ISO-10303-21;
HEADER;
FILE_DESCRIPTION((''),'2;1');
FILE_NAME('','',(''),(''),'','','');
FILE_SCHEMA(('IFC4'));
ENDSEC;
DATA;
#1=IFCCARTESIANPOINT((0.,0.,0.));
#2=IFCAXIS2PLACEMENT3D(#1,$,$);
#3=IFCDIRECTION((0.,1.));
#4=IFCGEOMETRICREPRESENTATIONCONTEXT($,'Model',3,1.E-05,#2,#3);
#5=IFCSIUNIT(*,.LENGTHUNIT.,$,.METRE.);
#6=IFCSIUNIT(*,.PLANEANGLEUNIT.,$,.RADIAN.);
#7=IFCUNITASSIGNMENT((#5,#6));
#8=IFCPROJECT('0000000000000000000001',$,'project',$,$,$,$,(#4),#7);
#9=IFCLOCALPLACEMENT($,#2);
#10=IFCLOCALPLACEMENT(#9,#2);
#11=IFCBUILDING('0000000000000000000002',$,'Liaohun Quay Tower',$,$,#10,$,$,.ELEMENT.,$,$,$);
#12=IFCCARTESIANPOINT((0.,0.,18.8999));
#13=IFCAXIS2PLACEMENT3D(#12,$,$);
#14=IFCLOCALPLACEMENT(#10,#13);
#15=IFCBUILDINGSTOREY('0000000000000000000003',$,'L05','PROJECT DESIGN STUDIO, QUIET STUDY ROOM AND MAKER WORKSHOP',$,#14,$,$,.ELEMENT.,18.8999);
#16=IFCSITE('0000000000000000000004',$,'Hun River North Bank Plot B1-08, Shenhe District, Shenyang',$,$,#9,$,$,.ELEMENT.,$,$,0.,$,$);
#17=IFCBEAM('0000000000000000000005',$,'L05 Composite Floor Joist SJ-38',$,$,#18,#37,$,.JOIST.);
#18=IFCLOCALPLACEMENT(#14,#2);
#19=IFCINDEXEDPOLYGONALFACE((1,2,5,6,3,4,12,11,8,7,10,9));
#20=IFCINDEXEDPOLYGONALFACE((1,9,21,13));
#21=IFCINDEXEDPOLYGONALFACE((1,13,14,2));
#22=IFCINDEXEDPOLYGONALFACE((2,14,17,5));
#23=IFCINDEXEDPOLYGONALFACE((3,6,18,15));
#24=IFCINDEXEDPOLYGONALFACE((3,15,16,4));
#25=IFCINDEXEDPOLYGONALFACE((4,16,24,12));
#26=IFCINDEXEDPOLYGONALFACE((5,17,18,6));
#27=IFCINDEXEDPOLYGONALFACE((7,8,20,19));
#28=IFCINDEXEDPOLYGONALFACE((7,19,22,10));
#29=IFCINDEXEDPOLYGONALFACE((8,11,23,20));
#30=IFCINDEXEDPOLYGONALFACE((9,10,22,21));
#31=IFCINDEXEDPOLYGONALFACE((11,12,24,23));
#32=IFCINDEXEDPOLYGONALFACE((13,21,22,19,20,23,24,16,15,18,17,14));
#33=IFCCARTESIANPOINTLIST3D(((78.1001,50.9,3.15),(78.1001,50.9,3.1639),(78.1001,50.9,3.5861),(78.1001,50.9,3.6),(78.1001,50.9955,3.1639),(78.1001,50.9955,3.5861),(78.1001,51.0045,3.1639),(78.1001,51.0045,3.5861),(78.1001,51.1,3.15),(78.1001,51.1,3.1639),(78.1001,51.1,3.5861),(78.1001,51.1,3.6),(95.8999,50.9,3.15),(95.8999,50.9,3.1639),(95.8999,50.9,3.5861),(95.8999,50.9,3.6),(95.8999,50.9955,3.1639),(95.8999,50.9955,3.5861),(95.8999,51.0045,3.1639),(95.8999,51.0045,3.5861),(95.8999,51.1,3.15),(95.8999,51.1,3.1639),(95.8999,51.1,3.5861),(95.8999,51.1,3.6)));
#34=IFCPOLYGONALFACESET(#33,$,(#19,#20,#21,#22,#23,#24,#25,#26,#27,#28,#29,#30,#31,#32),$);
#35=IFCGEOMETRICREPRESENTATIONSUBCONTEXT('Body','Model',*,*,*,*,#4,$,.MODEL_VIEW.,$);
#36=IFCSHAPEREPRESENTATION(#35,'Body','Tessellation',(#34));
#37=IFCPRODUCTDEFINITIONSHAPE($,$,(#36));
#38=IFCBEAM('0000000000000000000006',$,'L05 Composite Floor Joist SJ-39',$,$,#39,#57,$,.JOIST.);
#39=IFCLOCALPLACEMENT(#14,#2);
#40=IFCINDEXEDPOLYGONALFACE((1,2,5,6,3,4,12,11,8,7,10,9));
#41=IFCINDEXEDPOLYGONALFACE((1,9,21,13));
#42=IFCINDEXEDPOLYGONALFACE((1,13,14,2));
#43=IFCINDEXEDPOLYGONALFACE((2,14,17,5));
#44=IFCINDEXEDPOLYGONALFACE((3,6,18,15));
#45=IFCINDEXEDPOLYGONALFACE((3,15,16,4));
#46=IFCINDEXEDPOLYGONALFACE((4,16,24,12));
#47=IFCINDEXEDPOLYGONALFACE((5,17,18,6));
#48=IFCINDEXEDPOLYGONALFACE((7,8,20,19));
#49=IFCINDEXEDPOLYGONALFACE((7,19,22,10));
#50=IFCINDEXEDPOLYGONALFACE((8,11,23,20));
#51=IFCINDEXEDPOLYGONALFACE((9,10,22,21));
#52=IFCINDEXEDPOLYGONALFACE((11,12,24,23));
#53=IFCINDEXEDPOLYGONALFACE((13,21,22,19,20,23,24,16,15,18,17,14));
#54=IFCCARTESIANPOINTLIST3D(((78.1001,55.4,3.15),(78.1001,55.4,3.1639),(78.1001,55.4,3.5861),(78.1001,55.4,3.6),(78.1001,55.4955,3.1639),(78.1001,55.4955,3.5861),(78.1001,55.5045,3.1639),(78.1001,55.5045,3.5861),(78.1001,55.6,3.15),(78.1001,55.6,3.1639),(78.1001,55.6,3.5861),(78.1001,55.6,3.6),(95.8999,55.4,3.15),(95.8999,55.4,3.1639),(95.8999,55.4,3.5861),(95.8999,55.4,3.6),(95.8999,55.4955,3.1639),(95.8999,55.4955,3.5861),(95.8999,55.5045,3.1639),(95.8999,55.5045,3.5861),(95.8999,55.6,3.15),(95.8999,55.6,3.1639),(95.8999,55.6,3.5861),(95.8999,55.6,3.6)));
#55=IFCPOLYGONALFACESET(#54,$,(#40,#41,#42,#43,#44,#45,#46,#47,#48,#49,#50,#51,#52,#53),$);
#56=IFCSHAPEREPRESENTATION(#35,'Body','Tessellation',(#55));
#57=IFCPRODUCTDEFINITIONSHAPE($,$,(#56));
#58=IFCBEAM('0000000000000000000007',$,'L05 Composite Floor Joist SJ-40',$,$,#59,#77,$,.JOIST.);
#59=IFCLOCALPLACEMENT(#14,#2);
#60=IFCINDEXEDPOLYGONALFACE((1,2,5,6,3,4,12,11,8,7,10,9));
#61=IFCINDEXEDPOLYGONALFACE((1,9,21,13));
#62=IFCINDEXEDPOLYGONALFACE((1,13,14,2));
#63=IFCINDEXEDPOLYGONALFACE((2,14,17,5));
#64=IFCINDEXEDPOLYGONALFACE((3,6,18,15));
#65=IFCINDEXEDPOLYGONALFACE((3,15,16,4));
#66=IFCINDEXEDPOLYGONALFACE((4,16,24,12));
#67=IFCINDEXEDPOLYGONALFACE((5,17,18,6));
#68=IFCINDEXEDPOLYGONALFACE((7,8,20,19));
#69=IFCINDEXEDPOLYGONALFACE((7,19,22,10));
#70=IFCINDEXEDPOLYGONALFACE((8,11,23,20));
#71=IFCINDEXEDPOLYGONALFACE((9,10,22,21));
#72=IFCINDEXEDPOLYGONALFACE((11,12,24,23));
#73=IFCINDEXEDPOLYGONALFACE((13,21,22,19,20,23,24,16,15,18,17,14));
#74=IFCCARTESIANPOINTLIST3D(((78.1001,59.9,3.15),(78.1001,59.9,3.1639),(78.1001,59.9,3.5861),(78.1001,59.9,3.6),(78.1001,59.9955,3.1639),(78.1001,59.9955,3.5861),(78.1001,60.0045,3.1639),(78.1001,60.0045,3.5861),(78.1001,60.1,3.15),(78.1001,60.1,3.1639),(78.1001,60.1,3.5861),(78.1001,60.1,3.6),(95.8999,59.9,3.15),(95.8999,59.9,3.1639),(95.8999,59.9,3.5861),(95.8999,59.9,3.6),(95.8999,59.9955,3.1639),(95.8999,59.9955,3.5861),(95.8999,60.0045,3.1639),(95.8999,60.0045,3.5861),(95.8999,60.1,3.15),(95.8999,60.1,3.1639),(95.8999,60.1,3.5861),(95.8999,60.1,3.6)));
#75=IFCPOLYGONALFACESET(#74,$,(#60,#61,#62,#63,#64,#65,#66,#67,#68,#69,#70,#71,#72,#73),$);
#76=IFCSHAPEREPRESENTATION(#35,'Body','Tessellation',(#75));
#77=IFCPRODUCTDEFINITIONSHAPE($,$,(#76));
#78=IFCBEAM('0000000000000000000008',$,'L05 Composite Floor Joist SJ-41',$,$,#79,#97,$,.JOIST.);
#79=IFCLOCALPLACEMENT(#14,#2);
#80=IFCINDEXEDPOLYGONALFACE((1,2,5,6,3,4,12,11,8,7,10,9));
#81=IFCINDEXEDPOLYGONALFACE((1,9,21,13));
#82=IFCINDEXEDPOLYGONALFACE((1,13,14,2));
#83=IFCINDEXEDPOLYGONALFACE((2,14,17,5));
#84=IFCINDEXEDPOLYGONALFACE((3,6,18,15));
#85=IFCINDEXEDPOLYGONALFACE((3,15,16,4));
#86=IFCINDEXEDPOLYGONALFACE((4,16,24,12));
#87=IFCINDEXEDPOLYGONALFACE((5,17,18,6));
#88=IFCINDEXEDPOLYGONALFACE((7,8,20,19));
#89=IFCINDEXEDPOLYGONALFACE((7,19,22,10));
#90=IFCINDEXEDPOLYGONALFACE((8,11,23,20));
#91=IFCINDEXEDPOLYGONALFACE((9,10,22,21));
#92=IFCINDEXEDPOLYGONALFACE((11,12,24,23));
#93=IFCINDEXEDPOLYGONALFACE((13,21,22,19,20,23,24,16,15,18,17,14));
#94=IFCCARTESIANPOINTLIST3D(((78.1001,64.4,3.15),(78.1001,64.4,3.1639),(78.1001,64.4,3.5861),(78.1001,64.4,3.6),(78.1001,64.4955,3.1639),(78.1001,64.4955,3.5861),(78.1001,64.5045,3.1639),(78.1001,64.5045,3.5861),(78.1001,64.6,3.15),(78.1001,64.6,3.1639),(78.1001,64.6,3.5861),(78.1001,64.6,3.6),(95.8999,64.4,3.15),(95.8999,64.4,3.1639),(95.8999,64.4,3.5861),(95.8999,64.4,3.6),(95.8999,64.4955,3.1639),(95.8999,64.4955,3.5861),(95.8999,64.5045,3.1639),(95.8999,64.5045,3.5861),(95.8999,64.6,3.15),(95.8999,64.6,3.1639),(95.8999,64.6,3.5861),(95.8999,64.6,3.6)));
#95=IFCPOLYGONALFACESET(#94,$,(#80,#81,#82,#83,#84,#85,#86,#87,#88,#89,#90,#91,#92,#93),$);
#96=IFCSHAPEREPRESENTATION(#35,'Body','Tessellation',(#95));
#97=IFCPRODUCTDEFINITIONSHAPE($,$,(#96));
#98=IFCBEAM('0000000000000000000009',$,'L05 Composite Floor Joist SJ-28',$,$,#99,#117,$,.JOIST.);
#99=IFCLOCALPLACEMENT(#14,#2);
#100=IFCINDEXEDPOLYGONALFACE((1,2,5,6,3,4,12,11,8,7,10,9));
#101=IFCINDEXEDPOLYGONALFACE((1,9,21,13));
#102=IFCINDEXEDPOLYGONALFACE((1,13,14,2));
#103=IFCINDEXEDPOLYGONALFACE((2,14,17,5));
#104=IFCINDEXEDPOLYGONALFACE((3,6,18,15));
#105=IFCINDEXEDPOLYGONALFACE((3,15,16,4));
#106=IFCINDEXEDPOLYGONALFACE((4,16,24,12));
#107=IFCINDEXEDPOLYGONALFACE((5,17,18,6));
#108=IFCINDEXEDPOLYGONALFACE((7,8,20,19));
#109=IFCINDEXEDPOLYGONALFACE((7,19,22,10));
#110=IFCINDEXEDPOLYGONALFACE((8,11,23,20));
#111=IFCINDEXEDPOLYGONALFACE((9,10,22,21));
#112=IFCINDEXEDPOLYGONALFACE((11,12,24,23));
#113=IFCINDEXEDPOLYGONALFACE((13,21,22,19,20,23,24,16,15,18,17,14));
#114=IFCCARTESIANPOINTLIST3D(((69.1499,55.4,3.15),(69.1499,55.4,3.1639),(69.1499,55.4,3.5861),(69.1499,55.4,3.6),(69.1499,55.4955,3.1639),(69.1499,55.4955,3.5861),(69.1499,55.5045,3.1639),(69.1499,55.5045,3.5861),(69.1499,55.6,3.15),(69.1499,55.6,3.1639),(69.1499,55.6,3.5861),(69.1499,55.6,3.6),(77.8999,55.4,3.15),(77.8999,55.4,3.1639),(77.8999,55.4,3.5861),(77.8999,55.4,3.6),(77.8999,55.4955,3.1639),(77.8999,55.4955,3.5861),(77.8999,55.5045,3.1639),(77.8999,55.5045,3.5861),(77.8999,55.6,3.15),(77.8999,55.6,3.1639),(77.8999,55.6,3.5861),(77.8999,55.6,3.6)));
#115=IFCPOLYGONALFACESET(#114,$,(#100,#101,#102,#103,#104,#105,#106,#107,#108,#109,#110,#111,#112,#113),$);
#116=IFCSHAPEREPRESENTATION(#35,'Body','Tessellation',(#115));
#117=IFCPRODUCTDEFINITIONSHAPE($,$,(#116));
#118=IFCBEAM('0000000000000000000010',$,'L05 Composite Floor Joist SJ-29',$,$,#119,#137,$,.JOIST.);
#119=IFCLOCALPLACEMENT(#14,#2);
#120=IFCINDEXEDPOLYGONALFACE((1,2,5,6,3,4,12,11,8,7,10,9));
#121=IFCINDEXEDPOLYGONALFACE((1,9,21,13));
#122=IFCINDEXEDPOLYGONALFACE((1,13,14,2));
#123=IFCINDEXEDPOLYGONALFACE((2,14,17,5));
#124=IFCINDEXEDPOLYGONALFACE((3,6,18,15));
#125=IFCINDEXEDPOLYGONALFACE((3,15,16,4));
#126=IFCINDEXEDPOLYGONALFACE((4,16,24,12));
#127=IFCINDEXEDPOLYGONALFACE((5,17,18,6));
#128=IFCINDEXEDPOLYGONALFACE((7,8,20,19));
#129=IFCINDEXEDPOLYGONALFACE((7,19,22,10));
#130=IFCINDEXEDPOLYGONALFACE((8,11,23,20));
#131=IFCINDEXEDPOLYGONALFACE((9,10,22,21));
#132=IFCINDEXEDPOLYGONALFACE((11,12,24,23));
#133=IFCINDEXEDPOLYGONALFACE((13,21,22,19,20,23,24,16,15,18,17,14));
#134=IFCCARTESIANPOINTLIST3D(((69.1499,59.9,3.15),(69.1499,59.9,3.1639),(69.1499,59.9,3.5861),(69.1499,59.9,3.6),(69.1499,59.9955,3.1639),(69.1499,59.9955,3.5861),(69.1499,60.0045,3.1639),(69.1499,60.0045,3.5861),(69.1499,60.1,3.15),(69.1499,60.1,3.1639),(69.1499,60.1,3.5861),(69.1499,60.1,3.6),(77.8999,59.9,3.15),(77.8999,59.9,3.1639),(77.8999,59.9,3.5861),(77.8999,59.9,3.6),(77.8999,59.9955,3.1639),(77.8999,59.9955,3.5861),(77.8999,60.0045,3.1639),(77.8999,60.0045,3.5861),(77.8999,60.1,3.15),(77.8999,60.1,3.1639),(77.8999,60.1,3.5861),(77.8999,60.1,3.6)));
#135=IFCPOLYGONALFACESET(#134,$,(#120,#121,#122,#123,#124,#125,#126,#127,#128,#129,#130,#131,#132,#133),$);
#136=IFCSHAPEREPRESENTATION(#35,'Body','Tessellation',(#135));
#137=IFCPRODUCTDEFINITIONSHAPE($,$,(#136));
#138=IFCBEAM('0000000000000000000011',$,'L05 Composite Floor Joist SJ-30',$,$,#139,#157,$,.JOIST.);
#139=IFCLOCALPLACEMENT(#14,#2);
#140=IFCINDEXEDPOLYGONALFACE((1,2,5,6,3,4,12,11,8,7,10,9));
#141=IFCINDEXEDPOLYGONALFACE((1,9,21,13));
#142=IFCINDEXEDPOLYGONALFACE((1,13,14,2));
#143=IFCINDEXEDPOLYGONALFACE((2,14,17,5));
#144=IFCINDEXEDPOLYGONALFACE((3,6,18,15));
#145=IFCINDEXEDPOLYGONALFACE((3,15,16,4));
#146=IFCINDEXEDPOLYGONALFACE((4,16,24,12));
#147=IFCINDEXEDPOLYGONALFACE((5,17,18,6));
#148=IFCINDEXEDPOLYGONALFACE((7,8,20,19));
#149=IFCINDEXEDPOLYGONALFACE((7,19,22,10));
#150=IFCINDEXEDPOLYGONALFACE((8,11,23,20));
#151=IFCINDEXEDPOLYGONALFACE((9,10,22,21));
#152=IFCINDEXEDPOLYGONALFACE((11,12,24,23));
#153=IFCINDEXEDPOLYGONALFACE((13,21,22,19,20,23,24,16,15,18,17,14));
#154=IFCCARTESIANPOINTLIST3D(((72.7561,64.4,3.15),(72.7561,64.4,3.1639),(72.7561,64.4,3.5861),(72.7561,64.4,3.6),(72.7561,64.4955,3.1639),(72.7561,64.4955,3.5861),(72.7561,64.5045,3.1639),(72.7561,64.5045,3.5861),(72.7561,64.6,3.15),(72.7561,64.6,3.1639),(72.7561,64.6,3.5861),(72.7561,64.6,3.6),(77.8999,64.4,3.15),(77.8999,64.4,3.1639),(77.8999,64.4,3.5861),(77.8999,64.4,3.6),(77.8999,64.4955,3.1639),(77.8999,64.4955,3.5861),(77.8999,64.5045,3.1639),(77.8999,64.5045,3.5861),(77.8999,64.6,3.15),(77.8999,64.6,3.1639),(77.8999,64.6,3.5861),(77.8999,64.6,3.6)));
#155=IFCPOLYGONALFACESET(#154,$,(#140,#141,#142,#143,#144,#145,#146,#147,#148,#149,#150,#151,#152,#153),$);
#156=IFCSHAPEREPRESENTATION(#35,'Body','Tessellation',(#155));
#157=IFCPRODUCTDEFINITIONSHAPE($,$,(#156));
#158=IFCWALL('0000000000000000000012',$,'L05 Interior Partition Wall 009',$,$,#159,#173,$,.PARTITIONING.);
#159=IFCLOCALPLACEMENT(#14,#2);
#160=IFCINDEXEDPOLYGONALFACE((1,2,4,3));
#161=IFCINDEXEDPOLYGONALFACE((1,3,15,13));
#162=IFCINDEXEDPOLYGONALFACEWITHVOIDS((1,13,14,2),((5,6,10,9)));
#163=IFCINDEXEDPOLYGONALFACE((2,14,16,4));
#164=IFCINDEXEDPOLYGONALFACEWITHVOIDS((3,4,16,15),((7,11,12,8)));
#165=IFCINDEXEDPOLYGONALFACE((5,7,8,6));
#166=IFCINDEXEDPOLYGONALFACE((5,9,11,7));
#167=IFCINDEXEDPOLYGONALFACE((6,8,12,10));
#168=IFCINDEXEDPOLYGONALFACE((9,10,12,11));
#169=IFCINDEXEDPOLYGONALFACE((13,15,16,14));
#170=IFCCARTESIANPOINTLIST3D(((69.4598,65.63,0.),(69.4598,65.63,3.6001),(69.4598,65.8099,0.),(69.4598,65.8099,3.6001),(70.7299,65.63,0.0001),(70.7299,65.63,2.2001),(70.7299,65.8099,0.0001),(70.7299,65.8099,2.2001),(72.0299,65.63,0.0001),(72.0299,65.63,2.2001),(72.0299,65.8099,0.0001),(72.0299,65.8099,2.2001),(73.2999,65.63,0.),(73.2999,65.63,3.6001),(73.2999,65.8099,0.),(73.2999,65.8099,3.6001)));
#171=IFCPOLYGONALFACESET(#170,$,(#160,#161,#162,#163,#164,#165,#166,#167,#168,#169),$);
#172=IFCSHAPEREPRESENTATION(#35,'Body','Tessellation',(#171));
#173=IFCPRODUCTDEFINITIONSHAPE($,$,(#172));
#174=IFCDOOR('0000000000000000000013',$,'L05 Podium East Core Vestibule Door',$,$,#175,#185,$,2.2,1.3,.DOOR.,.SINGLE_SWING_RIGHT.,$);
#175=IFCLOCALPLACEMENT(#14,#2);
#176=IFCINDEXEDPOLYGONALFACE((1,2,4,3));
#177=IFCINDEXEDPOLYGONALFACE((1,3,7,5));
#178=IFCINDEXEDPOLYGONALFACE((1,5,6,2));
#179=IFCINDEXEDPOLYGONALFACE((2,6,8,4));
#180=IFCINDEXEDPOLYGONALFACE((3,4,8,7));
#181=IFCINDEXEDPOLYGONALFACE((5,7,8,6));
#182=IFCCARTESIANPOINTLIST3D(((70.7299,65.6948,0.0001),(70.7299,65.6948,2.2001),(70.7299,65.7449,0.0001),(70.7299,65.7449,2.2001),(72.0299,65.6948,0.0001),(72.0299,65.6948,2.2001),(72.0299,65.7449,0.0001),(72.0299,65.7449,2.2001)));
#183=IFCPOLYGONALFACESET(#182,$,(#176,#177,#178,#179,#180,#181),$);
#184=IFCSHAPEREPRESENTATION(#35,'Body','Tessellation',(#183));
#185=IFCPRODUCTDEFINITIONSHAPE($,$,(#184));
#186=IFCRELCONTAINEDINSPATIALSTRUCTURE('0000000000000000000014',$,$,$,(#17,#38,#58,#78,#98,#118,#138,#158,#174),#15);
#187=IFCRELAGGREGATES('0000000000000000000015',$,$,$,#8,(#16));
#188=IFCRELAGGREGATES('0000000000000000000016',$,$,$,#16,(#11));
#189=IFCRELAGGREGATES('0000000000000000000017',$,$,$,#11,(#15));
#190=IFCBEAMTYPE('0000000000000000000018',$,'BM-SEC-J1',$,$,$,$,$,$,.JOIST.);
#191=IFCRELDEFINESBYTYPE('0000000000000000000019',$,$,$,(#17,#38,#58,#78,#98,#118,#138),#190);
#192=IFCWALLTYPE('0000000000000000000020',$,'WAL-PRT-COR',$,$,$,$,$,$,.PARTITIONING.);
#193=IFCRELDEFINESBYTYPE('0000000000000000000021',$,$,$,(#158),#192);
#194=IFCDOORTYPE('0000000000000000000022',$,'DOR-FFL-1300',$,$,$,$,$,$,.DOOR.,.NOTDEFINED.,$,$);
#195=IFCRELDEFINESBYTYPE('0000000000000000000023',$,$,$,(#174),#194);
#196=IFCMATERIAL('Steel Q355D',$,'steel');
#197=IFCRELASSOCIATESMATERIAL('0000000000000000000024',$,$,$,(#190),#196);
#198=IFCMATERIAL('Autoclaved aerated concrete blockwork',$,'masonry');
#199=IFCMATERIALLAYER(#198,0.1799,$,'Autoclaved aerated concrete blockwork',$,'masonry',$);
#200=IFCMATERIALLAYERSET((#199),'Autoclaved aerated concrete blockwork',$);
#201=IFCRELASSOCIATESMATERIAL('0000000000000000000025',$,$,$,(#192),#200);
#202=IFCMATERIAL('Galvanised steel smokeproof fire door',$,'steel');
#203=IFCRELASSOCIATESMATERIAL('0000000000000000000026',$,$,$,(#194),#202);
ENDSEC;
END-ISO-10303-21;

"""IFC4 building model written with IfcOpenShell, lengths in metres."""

from ifc_helpers import new_model, si_unit, direction, frame, frame_2d, origin, origin_2d, place, context, subcontext, project, spatial, rectangle, i_section, extrude, source, transform, mapped, material, layer, layer_set, material_profile, profile_set, type_object, element, fill, save


model = new_model("IFC4")

# Units and contexts
model_context = context("Model", 3, precision=1e-05, world=origin(), true_north=direction((0.0, 1.0)))
body_context = subcontext(model_context, "Body", "Model", "MODEL_VIEW")
ifc_project = project(units=[si_unit("LENGTHUNIT", "METRE"), si_unit("PLANEANGLEUNIT", "RADIAN")], contexts=[model_context])

# Site, building, storey
site_placement = place(None, origin())
site = spatial("IfcSite", under=ifc_project, at=site_placement, Name="Hun River North Bank Plot B1-08, Shenhe District, Shenyang", CompositionType="ELEMENT", RefElevation=0.0)
building_placement = place(site_placement, origin())
building = spatial("IfcBuilding", under=site, at=building_placement, Name="Liaohun Quay Tower", CompositionType="ELEMENT")
storey_placement = place(building_placement, frame((0.0, 0.0, 18.8999)))
storey = spatial("IfcBuildingStorey", under=building, at=storey_placement, Name="L05", Description="PROJECT DESIGN STUDIO, QUIET STUDY ROOM AND MAKER WORKSHOP", CompositionType="ELEMENT", Elevation=18.8999)

# Beams
ifc_material_1 = material(Name="Steel Q355D", Category="steel")
ifc_material_profile = material_profile(ifc_material_1, i_section(OverallWidth=0.2, OverallDepth=0.45, WebThickness=0.009, FlangeThickness=0.0139, at=origin_2d()), Name="HN450x200x9x14")
ifc_profile_set = profile_set([ifc_material_profile], Name="Steel Q355D")
beam_type = type_object("IfcBeamType", Name="BM-SEC-J1", PredefinedType="JOIST", material=ifc_profile_set)
shared_shape_1 = source(origin(), body_context, "Body", "SweptSolid", [
    extrude(i_section(OverallWidth=0.2, OverallDepth=0.45, WebThickness=0.009, FlangeThickness=0.0139, at=origin_2d()), origin(), (0.0, 0.0, 1.0), 17.7998),
])
for number, where, z_axis, x_axis, name in (
    (1, (78.1001, 51.0, 3.375), (1.0, 0.0, 0.0), (0.0, 1.0, 0.0), "L05 Composite Floor Joist SJ-38"),
    (2, (78.1001, 55.5, 3.375), (1.0, 0.0, 0.0), (0.0, 1.0, 0.0), "L05 Composite Floor Joist SJ-39"),
    (3, (78.1001, 60.0, 3.375), (1.0, 0.0, 0.0), (0.0, 1.0, 0.0), "L05 Composite Floor Joist SJ-40"),
    (4, (78.1001, 64.5, 3.375), (1.0, 0.0, 0.0), (0.0, 1.0, 0.0), "L05 Composite Floor Joist SJ-41"),
):
    element("IfcBeam", number, at=place(storey_placement, frame(where, z_axis=z_axis, x_axis=x_axis)), inside=storey, type_object=beam_type, Name=name, PredefinedType="JOIST", context=body_context, shape_type="MappedRepresentation", body=[
        mapped(shared_shape_1, transform((0.0, 0.0, 0.0), x_axis=(1.0, 0.0, 0.0), y_axis=(0.0, 1.0, 0.0), z_axis=(0.0, 0.0, 1.0), scale=1.0)),
    ])
shared_shape_2 = source(origin(), body_context, "Body", "SweptSolid", [
    extrude(i_section(OverallWidth=0.2, OverallDepth=0.45, WebThickness=0.009, FlangeThickness=0.0139, at=origin_2d()), origin(), (0.0, 0.0, 1.0), 8.75),
])
for number, where, z_axis, x_axis, name in (
    (5, (69.1499, 55.5, 3.375), (1.0, 0.0, 0.0), (0.0, 1.0, 0.0), "L05 Composite Floor Joist SJ-28"),
    (6, (69.1499, 60.0, 3.375), (1.0, 0.0, 0.0), (0.0, 1.0, 0.0), "L05 Composite Floor Joist SJ-29"),
):
    element("IfcBeam", number, at=place(storey_placement, frame(where, z_axis=z_axis, x_axis=x_axis)), inside=storey, type_object=beam_type, Name=name, PredefinedType="JOIST", context=body_context, shape_type="MappedRepresentation", body=[
        mapped(shared_shape_2, transform((0.0, 0.0, 0.0), x_axis=(1.0, 0.0, 0.0), y_axis=(0.0, 1.0, 0.0), z_axis=(0.0, 0.0, 1.0), scale=1.0)),
    ])
shared_shape_3 = source(origin(), body_context, "Body", "SweptSolid", [
    extrude(i_section(OverallWidth=0.2, OverallDepth=0.45, WebThickness=0.009, FlangeThickness=0.0139, at=origin_2d()), origin(), (0.0, 0.0, 1.0), 5.1438),
])
beam_placement = place(storey_placement, frame((72.7561, 64.5, 3.375), z_axis=(1.0, 0.0, 0.0), x_axis=(0.0, 1.0, 0.0)))
element("IfcBeam", 7, at=beam_placement, inside=storey, type_object=beam_type, Name="L05 Composite Floor Joist SJ-30", PredefinedType="JOIST", context=body_context, shape_type="MappedRepresentation", body=[
    mapped(shared_shape_3, transform((0.0, 0.0, 0.0), x_axis=(1.0, 0.0, 0.0), y_axis=(0.0, 1.0, 0.0), z_axis=(0.0, 0.0, 1.0), scale=1.0)),
])

# Wall, opening, door
ifc_material_2 = material(Name="Autoclaved aerated concrete blockwork", Category="masonry")
ifc_layer_1 = layer(ifc_material_2, 0.1799, Name="Autoclaved aerated concrete blockwork", Category="masonry")
ifc_layer_set_1 = layer_set([ifc_layer_1], Name="Autoclaved aerated concrete blockwork")
wall_type_1 = type_object("IfcWallType", Name="WAL-PRT-COR", PredefinedType="PARTITIONING", material=ifc_layer_set_1)
wall_1_placement = place(storey_placement, frame((69.46, 65.72, 0.0), z_axis=(0.0, 0.0, 1.0), x_axis=(1.0, 0.0, 0.0)))
wall_1 = element("IfcWall", 8, at=wall_1_placement, inside=storey, type_object=wall_type_1, Name="L05 Interior Partition Wall 009", PredefinedType="PARTITIONING", context=body_context, shape_type="SweptSolid", body=[
    extrude(rectangle(XDim=3.8401, YDim=0.1799, at=frame_2d((1.9199, 0.0))), origin(), (0.0, 0.0, 1.0), 3.6001),
])
shared_shape_4 = source(origin(), body_context, "Body", "SweptSolid", [
    extrude(rectangle(XDim=1.3, YDim=2.2, at=frame_2d((0.6499, 1.1001))), frame((0.0, 0.0999, 0.0), z_axis=(0.0, -1.0, 0.0), x_axis=(1.0, 0.0, 0.0)), (0.0, 0.0, 1.0), 0.2),
])
opening_1_placement = place(wall_1_placement, frame((1.27, 0.0, 0.0)))
opening_1 = element("IfcOpeningElement", 9, at=opening_1_placement, cuts=wall_1, PredefinedType="OPENING", context=body_context, shape_type="MappedRepresentation", body=[
    mapped(shared_shape_4, transform((0.0, 0.0, 0.0), x_axis=(1.0, 0.0, 0.0), y_axis=(0.0, 1.0, 0.0), z_axis=(0.0, 0.0, 1.0), scale=1.0)),
])
ifc_material_3 = material(Name="Galvanised steel smokeproof fire door", Category="steel")
door_type_1 = type_object("IfcDoorType", Name="DOR-FFL-1300", OperationType="NOTDEFINED", PredefinedType="DOOR", material=ifc_material_3)
shared_shape_5 = source(origin(), body_context, "Body", "SweptSolid", [
    extrude(rectangle(XDim=1.3, YDim=2.2, at=frame_2d((0.6499, 1.1001))), frame((0.0, 0.0249, 0.0), z_axis=(0.0, -1.0, 0.0), x_axis=(1.0, 0.0, 0.0)), (0.0, 0.0, 1.0), 0.05),
])
door_1_placement = place(opening_1_placement, origin())
door_1 = element("IfcDoor", 10, at=door_1_placement, inside=storey, type_object=door_type_1, Name="L05 Podium East Core Vestibule Door", OperationType="SINGLE_SWING_RIGHT", OverallHeight=2.2, OverallWidth=1.3, PredefinedType="DOOR", context=body_context, shape_type="MappedRepresentation", body=[
    mapped(shared_shape_5, transform((0.0, 0.0, 0.0), x_axis=(1.0, 0.0, 0.0), y_axis=(0.0, 1.0, 0.0), z_axis=(0.0, 0.0, 1.0), scale=1.0)),
])
fill(opening_1, door_1)

save(model, "model.ifc")
